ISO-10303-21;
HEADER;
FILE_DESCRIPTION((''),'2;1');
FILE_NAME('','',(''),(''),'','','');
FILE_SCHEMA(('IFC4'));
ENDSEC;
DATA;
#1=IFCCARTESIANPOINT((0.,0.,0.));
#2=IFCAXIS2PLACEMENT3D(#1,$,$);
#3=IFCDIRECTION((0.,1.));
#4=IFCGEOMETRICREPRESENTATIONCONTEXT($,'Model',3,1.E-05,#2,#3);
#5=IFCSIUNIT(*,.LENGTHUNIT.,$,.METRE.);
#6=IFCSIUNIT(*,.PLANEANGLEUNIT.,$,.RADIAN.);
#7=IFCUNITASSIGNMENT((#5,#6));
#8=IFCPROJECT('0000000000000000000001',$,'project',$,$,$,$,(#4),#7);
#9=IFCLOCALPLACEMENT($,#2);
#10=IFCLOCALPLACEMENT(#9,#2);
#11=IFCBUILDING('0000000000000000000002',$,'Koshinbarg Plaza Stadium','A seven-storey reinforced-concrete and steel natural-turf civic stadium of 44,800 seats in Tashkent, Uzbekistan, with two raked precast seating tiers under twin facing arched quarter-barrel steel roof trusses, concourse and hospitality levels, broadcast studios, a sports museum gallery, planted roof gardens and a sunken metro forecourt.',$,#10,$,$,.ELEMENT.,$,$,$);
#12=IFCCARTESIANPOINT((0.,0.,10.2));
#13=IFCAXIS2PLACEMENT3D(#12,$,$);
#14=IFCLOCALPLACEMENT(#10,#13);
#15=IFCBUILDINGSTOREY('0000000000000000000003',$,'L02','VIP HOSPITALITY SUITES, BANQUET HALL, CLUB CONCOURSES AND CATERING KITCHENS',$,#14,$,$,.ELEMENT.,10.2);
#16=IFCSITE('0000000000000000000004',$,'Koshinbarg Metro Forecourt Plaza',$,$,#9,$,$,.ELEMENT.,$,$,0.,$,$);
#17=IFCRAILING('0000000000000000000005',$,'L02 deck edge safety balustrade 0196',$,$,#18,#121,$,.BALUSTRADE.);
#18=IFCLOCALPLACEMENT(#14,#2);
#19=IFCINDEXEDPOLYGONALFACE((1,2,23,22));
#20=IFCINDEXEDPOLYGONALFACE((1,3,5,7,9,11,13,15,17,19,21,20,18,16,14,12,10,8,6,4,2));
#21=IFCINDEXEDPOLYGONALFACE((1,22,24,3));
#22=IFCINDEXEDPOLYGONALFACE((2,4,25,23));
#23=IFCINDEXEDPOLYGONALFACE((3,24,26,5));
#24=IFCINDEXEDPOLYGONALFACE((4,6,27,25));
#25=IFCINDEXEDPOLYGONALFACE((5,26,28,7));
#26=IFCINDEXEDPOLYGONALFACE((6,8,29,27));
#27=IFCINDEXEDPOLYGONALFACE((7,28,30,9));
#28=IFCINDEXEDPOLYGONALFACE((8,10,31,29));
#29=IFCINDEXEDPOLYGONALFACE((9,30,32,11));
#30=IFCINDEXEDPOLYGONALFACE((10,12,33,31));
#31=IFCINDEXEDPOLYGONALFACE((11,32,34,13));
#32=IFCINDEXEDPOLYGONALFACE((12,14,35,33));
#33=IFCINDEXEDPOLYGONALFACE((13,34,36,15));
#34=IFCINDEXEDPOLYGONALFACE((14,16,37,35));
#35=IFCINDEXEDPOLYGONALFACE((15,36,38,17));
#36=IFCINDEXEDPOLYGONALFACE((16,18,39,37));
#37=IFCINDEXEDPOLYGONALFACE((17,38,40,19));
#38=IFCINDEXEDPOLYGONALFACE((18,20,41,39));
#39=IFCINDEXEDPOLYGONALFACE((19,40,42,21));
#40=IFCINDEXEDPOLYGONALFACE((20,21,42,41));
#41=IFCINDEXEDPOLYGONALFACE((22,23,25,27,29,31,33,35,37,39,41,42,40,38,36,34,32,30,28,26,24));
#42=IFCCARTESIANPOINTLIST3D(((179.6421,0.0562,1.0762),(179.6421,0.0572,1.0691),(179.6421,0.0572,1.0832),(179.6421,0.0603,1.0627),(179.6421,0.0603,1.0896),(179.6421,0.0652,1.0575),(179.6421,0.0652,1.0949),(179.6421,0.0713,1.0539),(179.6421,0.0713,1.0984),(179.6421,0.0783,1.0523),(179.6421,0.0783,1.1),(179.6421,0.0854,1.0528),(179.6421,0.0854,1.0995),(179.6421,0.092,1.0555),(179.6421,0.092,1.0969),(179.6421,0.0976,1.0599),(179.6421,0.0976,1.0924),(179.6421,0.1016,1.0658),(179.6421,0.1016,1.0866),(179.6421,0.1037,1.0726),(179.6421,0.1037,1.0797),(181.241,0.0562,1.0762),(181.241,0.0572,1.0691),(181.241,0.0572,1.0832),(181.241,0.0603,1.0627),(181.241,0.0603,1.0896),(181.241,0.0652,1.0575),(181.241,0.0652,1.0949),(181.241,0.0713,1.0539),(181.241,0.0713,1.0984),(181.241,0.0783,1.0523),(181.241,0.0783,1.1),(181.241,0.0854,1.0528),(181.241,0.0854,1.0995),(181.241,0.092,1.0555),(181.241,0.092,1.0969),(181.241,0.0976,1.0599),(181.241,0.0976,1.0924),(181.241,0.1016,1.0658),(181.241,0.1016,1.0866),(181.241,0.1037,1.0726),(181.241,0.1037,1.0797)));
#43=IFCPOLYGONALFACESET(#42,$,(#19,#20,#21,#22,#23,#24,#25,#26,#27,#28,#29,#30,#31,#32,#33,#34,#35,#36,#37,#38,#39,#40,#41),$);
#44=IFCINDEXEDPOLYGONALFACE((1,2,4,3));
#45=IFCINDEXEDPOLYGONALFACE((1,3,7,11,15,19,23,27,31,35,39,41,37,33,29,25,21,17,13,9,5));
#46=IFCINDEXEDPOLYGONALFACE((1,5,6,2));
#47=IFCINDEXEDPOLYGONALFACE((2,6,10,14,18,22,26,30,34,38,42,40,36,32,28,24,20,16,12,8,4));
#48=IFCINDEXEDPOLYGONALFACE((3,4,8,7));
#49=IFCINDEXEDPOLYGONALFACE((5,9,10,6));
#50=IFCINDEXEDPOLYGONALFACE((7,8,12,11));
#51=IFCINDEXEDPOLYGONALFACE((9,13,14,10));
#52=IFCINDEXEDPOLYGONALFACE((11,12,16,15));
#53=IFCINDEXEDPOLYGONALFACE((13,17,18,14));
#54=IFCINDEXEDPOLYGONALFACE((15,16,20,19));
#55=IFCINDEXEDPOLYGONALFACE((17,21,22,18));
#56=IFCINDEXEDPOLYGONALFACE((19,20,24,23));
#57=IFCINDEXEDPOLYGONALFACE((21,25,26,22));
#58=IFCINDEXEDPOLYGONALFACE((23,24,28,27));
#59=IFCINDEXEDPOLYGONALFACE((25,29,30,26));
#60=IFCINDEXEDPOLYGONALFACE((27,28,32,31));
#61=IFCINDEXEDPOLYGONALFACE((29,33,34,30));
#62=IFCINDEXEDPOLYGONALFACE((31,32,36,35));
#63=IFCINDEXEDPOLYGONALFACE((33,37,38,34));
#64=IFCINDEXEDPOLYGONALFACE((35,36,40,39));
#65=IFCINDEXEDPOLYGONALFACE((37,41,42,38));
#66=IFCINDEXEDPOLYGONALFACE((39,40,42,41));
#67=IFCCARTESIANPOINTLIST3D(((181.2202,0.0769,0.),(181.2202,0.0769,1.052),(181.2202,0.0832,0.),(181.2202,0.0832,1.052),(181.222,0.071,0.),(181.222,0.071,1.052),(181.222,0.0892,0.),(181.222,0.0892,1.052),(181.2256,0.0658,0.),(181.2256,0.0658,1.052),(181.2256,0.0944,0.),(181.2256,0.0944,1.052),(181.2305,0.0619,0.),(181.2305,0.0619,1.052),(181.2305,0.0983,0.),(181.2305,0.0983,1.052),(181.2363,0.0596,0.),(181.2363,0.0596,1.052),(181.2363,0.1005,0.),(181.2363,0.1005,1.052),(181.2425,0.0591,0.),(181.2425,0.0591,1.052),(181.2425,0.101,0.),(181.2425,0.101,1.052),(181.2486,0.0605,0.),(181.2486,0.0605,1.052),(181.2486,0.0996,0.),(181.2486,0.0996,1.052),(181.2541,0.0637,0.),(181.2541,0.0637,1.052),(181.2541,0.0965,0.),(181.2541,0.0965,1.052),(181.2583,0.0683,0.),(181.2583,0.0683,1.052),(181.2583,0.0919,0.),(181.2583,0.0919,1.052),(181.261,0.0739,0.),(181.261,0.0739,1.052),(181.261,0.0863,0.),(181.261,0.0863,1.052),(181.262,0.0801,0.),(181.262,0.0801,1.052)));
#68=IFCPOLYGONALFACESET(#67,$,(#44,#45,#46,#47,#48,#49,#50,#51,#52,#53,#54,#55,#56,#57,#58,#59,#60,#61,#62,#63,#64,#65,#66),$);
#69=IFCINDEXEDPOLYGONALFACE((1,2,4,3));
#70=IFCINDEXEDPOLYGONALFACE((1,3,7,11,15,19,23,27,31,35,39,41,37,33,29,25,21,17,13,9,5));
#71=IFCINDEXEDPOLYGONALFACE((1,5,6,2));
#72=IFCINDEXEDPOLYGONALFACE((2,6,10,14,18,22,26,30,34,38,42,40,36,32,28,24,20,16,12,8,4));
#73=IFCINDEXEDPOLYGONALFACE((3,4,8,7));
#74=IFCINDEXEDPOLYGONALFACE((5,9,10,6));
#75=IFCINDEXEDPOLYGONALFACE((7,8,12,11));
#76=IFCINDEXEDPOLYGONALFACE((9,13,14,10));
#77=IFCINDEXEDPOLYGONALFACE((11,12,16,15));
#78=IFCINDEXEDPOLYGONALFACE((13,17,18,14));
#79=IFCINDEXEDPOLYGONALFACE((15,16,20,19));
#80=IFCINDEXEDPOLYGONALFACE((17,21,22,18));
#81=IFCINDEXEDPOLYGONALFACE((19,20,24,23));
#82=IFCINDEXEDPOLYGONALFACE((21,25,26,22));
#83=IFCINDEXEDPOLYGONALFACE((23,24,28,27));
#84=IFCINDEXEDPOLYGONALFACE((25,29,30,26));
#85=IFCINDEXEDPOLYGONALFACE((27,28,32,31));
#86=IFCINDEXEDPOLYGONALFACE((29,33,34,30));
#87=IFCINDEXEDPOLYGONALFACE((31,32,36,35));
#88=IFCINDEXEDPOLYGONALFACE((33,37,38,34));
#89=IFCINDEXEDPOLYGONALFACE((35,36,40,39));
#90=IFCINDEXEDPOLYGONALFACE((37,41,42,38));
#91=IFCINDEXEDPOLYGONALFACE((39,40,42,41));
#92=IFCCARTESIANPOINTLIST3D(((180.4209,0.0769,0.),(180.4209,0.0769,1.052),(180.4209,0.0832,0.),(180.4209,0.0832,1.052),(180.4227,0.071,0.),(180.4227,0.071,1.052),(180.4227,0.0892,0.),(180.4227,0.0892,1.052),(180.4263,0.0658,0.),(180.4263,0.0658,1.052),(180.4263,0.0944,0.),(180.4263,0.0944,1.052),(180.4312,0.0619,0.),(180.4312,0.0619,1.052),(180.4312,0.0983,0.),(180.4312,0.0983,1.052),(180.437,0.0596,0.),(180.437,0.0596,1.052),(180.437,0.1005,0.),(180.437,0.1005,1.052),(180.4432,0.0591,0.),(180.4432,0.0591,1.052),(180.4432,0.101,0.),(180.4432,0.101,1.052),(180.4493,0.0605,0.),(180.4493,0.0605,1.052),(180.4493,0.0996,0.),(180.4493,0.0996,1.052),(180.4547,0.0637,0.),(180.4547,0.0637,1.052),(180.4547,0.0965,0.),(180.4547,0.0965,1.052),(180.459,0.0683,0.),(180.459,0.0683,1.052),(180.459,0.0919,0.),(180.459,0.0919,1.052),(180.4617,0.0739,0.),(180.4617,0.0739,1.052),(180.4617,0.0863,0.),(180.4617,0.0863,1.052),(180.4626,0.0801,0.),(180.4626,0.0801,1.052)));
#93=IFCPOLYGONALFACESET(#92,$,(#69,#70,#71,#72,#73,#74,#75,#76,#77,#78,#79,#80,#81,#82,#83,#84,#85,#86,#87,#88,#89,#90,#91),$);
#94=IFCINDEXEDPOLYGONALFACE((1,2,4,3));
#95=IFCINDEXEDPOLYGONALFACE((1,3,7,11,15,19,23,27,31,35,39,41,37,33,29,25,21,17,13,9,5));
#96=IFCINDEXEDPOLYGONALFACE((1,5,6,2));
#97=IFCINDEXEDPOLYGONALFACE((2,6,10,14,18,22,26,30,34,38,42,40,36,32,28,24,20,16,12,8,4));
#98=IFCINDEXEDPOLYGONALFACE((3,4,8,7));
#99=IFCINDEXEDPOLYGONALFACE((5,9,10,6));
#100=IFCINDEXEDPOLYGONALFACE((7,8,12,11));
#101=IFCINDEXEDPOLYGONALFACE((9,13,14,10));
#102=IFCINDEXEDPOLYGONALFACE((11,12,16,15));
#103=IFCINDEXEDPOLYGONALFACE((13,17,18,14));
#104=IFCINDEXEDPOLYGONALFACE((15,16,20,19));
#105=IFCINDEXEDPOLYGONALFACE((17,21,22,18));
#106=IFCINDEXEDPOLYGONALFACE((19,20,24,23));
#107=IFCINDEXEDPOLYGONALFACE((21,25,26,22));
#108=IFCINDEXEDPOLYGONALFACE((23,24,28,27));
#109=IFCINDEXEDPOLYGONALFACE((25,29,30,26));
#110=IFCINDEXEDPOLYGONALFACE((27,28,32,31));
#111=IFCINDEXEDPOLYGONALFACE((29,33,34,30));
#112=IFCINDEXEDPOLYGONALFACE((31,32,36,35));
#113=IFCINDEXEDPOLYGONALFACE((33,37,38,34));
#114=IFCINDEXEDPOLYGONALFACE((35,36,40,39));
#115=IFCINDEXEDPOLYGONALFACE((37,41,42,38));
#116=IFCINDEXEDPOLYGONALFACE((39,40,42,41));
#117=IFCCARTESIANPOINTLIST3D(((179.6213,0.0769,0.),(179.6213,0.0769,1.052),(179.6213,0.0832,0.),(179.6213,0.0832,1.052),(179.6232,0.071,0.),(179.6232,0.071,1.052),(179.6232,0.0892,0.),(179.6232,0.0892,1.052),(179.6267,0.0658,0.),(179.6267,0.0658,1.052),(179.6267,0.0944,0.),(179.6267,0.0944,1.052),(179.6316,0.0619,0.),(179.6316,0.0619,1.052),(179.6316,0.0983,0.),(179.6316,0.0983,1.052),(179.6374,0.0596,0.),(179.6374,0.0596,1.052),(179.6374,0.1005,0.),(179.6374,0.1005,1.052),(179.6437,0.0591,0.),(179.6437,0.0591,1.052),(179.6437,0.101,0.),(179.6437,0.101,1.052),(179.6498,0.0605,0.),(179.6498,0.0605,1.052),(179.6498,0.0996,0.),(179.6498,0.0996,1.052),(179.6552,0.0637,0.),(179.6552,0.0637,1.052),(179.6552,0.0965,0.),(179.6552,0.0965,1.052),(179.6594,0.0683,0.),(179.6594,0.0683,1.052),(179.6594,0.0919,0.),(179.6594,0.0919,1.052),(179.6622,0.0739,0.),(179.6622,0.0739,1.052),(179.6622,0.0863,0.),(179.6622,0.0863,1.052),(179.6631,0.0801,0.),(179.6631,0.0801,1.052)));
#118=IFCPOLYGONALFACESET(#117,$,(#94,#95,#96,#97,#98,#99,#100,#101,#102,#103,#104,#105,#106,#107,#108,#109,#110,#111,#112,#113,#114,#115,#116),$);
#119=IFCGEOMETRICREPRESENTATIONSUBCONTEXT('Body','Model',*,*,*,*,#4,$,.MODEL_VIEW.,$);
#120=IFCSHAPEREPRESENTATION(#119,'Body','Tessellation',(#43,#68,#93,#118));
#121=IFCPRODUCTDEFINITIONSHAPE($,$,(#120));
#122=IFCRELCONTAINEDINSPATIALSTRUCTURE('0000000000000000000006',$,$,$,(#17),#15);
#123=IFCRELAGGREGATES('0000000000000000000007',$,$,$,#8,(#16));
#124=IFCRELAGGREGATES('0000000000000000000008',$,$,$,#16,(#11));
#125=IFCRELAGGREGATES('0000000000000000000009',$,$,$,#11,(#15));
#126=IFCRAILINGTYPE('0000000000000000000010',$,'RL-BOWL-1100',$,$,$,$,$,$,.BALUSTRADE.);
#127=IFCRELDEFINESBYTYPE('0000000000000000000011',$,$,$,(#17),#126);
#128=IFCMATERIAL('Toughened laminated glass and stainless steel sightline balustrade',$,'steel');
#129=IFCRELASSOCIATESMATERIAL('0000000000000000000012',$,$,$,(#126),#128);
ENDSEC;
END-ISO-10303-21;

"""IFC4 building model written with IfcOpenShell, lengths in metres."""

from ifc_helpers import new_model, si_unit, direction, frame, origin, origin_2d, place, context, subcontext, project, spatial, circle, extrude, material, type_object, element, save


model = new_model("IFC4")

# Units and contexts
model_context = context("Model", 3, precision=1e-05, world=origin(), true_north=direction((0.0, 1.0)))
body_context = subcontext(model_context, "Body", "Model", "MODEL_VIEW")
ifc_project = project(units=[si_unit("LENGTHUNIT", "METRE"), si_unit("PLANEANGLEUNIT", "RADIAN")], contexts=[model_context])

# Site, building, storey
site_placement = place(None, origin())
site = spatial("IfcSite", under=ifc_project, at=site_placement, Name="Koshinbarg Metro Forecourt Plaza", CompositionType="ELEMENT", RefElevation=0.0)
building_placement = place(site_placement, origin())
building = spatial("IfcBuilding", under=site, at=building_placement, Name="Koshinbarg Plaza Stadium", Description="A seven-storey reinforced-concrete and steel natural-turf civic stadium of 44,800 seats in Tashkent, Uzbekistan, with two raked precast seating tiers under twin facing arched quarter-barrel steel roof trusses, concourse and hospitality levels, broadcast studios, a sports museum gallery, planted roof gardens and a sunken metro forecourt.", CompositionType="ELEMENT")
storey_placement = place(building_placement, frame((0.0, 0.0, 10.2)))
storey = spatial("IfcBuildingStorey", under=building, at=storey_placement, Name="L02", Description="VIP HOSPITALITY SUITES, BANQUET HALL, CLUB CONCOURSES AND CATERING KITCHENS", CompositionType="ELEMENT", Elevation=10.2)

# Railing
ifc_material_1 = material(Name="Toughened laminated glass and stainless steel sightline balustrade", Category="steel")
railing_type_1 = type_object("IfcRailingType", Name="RL-BOWL-1100", PredefinedType="BALUSTRADE", material=ifc_material_1)
railing_1_placement = place(storey_placement, frame((181.241, 0.0801, 0.0)))
element("IfcRailing", 1, at=railing_1_placement, inside=storey, type_object=railing_type_1, Name="L02 deck edge safety balustrade 0196", PredefinedType="BALUSTRADE", context=body_context, shape_type="SweptSolid", body=[
    extrude(circle(Radius=0.0239, at=origin_2d()), frame((0.0, 0.0, 1.0762), z_axis=(-1.0, 0.0, 0.0), x_axis=(0.0, -1.0, 0.0)), (0.0, 0.0, 1.0), 1.5989),
    extrude(circle(Radius=0.021, at=origin_2d()), origin(), (0.0, 0.0, 1.0), 1.052),
    extrude(circle(Radius=0.021, at=origin_2d()), frame((-0.7993, 0.0, 0.0)), (0.0, 0.0, 1.0), 1.052),
    extrude(circle(Radius=0.021, at=origin_2d()), frame((-1.5989, 0.0, 0.0)), (0.0, 0.0, 1.0), 1.052),
])

save(model, "model.ifc")
